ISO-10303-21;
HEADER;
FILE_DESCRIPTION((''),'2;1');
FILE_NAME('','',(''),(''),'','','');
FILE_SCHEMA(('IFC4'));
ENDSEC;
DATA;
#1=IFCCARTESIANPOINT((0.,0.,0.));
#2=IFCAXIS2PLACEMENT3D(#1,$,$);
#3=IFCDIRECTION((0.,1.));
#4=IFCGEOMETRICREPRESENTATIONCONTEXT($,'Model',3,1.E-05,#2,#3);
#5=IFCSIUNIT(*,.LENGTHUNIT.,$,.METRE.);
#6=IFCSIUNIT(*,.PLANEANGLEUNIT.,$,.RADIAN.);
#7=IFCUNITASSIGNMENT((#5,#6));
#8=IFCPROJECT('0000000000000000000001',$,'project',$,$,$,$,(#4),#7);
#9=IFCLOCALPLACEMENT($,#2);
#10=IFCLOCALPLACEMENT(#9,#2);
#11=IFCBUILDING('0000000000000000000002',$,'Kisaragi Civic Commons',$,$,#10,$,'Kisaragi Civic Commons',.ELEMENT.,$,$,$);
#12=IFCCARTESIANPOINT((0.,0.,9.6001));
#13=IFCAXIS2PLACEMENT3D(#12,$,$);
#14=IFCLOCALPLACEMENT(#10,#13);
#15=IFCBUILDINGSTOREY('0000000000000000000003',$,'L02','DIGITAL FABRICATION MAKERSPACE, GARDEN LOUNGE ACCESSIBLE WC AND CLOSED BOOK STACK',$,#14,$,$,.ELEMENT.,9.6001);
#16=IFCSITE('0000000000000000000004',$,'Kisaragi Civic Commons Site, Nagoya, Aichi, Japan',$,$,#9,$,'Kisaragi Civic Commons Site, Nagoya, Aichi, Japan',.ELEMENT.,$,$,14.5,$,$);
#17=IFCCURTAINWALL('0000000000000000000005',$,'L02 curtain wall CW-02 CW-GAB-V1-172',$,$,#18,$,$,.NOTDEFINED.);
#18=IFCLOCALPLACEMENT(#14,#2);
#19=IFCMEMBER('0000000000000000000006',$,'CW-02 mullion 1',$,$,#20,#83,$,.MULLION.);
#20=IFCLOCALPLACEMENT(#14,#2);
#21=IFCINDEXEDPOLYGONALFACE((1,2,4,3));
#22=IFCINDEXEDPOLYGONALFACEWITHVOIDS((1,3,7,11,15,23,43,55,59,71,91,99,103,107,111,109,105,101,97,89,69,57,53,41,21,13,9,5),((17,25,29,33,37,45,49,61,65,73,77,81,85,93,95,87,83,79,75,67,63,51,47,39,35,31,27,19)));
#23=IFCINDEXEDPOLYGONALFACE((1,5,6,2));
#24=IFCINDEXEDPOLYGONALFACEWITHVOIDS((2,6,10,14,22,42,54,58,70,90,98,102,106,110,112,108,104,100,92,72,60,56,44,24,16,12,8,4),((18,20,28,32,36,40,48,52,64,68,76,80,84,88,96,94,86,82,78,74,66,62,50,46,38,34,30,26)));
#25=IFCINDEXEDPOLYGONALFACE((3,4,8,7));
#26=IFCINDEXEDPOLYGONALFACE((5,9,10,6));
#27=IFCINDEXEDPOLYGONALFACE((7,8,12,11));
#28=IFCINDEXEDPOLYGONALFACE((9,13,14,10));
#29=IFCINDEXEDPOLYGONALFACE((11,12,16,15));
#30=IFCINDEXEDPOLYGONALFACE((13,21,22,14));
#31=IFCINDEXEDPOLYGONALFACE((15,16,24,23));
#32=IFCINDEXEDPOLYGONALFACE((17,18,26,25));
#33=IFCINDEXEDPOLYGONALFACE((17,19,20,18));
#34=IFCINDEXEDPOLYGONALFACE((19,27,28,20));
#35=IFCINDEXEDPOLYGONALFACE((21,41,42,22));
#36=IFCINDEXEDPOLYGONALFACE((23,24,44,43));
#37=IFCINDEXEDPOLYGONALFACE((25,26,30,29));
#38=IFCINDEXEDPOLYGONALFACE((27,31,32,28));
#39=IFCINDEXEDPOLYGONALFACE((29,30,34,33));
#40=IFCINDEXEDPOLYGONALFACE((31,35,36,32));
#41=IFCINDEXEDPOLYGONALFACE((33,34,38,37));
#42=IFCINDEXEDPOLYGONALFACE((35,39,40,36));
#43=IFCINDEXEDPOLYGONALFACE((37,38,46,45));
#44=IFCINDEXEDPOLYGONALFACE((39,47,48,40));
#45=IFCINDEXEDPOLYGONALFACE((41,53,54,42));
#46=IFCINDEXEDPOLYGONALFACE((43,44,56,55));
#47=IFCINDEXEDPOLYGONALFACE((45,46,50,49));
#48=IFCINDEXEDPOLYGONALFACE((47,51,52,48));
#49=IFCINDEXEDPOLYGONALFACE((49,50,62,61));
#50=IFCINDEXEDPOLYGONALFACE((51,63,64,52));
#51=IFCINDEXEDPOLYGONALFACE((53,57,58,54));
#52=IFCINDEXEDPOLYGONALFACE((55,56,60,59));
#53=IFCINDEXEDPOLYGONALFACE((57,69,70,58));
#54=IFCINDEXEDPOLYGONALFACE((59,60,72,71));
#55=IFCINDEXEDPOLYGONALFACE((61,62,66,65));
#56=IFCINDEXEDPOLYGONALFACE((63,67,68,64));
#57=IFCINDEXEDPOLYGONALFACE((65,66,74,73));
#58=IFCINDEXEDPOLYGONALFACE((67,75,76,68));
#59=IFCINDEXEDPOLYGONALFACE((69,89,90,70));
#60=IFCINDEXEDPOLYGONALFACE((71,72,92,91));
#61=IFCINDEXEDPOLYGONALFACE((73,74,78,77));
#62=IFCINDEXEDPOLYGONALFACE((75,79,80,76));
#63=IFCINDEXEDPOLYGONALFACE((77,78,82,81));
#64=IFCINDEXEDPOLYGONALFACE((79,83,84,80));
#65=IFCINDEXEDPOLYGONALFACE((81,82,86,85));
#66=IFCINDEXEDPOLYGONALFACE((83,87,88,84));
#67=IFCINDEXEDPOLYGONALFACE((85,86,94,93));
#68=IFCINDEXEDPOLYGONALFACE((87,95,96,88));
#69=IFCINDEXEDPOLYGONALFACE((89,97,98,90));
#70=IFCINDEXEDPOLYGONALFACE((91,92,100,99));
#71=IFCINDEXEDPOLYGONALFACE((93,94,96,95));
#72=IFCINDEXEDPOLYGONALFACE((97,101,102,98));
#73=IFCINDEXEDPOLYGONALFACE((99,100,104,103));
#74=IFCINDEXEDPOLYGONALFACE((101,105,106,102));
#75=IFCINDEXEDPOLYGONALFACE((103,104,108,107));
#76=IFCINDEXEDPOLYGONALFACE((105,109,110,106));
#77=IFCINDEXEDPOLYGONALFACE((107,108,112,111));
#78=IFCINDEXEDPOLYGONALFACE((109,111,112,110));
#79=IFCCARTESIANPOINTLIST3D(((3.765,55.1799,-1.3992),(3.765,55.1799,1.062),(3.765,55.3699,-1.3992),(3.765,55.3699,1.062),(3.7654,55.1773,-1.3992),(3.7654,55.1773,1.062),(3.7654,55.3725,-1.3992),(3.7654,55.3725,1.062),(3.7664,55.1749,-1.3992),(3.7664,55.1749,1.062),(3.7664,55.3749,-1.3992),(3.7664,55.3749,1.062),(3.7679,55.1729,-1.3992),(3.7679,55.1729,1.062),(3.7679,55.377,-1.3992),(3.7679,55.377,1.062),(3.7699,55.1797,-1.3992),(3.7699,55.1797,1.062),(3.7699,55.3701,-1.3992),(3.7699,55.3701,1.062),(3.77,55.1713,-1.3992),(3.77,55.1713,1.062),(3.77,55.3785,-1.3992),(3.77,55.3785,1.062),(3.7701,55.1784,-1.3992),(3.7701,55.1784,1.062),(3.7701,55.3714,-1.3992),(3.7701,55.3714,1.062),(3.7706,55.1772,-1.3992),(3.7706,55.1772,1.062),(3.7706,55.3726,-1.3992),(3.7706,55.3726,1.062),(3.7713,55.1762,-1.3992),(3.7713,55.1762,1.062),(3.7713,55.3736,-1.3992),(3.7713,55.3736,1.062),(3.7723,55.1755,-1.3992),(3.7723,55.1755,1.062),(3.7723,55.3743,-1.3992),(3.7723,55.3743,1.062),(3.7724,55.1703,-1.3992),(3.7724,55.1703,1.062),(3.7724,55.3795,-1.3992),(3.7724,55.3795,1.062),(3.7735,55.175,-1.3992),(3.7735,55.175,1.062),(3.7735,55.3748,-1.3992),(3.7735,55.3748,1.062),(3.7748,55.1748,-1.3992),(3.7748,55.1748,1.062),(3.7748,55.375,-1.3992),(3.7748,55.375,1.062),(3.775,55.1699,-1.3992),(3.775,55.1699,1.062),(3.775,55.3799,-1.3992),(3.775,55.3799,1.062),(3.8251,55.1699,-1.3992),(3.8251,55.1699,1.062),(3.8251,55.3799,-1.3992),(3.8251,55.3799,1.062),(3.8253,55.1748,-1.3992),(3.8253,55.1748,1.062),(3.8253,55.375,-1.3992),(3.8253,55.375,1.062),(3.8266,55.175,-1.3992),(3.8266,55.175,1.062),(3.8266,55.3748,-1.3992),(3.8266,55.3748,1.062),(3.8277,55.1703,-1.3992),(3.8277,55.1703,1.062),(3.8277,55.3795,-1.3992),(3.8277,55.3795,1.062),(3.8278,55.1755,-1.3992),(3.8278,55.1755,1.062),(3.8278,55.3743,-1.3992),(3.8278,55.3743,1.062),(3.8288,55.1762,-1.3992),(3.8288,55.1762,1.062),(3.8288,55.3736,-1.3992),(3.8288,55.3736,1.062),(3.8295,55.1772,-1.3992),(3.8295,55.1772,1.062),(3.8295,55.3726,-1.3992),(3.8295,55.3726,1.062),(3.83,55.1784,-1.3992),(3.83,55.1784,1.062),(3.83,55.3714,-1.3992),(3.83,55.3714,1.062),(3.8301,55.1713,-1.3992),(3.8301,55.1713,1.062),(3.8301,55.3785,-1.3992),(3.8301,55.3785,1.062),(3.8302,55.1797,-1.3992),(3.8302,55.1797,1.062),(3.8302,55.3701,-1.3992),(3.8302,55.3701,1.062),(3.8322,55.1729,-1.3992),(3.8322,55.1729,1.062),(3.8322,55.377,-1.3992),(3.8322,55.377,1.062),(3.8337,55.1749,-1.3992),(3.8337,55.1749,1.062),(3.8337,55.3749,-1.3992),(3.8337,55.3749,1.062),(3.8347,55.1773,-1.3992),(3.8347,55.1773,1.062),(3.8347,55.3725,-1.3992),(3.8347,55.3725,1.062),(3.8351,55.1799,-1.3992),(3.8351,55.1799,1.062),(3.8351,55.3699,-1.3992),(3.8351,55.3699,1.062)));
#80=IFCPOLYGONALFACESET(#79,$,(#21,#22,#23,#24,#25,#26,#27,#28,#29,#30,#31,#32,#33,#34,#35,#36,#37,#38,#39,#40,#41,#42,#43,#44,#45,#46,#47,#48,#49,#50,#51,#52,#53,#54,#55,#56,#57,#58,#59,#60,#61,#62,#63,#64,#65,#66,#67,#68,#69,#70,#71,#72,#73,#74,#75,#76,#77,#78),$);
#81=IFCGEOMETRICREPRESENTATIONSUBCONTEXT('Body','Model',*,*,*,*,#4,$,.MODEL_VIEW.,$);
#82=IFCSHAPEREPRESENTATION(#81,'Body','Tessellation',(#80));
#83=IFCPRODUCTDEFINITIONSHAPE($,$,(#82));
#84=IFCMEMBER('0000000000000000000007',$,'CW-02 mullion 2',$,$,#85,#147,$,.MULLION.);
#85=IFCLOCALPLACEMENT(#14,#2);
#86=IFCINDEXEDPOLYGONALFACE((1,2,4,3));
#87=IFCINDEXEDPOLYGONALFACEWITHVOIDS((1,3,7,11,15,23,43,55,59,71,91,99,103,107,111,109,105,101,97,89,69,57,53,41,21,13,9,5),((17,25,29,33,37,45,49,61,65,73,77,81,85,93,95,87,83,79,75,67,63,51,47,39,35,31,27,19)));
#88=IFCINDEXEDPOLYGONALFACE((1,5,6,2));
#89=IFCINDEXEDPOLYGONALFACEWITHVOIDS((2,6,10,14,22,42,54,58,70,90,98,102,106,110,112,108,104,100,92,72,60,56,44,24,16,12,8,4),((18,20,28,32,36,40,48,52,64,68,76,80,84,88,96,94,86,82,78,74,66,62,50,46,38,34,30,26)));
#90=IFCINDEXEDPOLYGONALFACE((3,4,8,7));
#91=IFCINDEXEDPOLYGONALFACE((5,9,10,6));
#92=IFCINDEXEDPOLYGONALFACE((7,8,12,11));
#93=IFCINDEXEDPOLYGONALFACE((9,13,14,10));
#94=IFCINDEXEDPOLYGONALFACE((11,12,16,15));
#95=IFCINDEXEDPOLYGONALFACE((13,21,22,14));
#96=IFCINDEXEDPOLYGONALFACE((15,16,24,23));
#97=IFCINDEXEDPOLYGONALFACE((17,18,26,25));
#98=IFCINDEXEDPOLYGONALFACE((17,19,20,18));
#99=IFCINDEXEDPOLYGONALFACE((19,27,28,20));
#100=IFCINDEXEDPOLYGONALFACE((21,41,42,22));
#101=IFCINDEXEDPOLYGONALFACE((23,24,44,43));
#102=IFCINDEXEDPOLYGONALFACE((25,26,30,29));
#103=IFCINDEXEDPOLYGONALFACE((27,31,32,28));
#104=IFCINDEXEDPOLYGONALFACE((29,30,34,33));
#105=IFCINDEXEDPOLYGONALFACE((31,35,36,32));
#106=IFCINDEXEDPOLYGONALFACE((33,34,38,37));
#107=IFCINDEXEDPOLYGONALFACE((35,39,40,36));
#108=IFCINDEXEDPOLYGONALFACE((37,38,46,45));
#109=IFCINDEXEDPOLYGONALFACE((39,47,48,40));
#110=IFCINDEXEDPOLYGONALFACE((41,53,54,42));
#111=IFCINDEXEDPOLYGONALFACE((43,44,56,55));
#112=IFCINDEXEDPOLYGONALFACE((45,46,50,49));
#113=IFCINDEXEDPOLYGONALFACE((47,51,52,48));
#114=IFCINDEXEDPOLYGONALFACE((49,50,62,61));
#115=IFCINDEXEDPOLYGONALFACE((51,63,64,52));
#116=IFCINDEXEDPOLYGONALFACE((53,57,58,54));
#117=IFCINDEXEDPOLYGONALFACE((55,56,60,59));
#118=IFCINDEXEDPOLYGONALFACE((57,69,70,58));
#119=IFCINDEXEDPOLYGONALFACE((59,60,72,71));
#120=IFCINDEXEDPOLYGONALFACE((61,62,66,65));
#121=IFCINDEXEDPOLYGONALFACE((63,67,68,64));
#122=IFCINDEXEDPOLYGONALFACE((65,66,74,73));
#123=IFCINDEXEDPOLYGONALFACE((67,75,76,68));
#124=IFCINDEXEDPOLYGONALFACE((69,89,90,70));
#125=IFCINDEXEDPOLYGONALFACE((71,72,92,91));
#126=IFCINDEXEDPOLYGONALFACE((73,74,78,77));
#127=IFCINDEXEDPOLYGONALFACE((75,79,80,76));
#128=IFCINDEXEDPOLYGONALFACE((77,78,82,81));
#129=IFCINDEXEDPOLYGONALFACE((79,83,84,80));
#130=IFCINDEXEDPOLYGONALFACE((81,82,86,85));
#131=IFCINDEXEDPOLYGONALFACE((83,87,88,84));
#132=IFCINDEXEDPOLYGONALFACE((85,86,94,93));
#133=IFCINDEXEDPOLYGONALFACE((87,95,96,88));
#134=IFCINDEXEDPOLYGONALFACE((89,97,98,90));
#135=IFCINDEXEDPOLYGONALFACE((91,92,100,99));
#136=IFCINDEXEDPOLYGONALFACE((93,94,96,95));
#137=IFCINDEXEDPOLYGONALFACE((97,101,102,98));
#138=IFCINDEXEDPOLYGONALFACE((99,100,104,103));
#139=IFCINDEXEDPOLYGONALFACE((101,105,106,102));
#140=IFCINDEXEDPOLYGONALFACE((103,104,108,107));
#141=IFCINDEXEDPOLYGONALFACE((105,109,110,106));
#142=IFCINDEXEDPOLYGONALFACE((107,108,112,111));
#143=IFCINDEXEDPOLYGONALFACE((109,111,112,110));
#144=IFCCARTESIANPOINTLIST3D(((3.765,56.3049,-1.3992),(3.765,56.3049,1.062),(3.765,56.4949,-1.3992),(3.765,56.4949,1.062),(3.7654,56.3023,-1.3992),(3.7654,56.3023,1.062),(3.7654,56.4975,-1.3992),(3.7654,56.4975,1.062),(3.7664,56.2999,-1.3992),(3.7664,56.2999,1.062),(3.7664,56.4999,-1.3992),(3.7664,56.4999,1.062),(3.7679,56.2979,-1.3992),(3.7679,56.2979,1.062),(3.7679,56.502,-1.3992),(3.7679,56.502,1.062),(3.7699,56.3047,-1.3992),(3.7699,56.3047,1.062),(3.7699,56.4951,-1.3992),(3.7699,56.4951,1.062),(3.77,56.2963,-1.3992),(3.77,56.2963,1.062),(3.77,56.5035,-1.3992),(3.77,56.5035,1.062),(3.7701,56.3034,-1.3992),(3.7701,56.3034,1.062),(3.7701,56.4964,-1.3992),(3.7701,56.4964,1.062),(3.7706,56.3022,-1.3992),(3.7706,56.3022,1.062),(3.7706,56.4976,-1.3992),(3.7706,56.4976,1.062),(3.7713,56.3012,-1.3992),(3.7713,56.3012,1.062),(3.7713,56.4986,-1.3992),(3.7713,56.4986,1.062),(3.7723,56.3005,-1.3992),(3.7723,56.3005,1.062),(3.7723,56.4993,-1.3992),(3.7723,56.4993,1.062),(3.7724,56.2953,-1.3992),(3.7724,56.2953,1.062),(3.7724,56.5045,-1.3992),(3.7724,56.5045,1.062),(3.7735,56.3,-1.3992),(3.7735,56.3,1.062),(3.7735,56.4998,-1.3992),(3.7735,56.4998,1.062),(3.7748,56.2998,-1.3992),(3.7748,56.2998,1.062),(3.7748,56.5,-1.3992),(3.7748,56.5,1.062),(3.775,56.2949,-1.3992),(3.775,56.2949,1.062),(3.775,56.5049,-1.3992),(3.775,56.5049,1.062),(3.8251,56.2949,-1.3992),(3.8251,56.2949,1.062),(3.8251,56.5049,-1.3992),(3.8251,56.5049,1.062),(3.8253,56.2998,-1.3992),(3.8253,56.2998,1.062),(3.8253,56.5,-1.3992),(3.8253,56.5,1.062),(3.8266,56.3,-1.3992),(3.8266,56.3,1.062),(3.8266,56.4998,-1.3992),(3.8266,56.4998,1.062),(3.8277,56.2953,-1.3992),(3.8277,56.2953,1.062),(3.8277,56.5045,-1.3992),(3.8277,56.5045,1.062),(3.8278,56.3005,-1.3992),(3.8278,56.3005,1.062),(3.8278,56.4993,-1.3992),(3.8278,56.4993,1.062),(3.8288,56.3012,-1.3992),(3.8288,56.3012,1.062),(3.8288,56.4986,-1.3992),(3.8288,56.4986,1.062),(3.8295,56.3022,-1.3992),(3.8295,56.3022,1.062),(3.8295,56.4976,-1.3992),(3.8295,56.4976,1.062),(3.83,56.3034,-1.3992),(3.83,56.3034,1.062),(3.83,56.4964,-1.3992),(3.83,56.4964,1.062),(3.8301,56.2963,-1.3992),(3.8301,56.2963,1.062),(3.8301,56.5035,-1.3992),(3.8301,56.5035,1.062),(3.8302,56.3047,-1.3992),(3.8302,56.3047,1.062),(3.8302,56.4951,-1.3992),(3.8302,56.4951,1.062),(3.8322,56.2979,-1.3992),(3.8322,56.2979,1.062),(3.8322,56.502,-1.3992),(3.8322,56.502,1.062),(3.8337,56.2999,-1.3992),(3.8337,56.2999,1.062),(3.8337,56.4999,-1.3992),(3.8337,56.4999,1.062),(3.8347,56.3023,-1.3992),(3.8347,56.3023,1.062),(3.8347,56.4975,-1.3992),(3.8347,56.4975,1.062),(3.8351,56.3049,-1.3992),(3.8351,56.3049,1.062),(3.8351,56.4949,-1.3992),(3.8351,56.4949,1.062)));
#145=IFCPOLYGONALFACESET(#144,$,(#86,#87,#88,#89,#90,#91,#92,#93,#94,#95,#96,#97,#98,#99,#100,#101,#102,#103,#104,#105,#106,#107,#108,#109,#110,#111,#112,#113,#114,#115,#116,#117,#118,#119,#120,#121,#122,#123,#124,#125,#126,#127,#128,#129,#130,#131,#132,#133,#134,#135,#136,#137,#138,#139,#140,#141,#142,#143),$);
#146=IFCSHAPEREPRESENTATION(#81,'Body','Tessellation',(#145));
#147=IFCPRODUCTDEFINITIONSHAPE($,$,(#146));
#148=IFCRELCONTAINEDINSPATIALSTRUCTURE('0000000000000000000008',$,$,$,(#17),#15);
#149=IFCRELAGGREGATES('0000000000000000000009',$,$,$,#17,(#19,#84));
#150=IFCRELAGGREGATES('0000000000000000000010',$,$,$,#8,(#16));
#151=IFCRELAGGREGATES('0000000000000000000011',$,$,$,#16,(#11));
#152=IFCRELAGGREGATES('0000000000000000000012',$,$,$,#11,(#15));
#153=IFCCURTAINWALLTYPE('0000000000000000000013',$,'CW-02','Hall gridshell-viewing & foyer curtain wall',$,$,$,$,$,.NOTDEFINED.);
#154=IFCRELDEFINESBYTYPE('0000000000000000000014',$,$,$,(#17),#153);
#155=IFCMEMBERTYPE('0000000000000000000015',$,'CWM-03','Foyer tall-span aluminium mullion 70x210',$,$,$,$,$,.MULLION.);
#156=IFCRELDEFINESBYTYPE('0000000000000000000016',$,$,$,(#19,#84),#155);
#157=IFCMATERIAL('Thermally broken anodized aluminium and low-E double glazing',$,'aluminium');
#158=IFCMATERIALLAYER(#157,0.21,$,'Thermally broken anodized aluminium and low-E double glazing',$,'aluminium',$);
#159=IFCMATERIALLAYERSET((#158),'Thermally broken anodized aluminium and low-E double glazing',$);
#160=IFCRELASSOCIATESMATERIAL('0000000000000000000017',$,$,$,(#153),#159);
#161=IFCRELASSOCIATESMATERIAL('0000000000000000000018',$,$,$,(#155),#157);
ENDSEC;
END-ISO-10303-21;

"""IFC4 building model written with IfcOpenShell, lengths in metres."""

from ifc_helpers import new_model, si_unit, direction, frame, origin, origin_2d, place, context, subcontext, project, spatial, hollow_rectangle, extrude, material, layer, layer_set, material_profile, profile_set, type_object, element, aggregate, save


model = new_model("IFC4")

# Units and contexts
model_context = context("Model", 3, precision=1e-05, world=origin(), true_north=direction((0.0, 1.0)))
body_context = subcontext(model_context, "Body", "Model", "MODEL_VIEW")
ifc_project = project(units=[si_unit("LENGTHUNIT", "METRE"), si_unit("PLANEANGLEUNIT", "RADIAN")], contexts=[model_context])

# Site, building, storey
site_placement = place(None, origin())
site = spatial("IfcSite", under=ifc_project, at=site_placement, Name="Kisaragi Civic Commons Site, Nagoya, Aichi, Japan", LongName="Kisaragi Civic Commons Site, Nagoya, Aichi, Japan", CompositionType="ELEMENT", RefElevation=14.5)
building_placement = place(site_placement, origin())
building = spatial("IfcBuilding", under=site, at=building_placement, Name="Kisaragi Civic Commons", LongName="Kisaragi Civic Commons", CompositionType="ELEMENT")
storey_placement = place(building_placement, frame((0.0, 0.0, 9.6001)))
storey = spatial("IfcBuildingStorey", under=building, at=storey_placement, Name="L02", Description="DIGITAL FABRICATION MAKERSPACE, GARDEN LOUNGE ACCESSIBLE WC AND CLOSED BOOK STACK", CompositionType="ELEMENT", Elevation=9.6001)

# Curtain wall, members
ifc_material_1 = material(Name="Thermally broken anodized aluminium and low-E double glazing", Category="aluminium")
ifc_layer_1 = layer(ifc_material_1, 0.21, Name="Thermally broken anodized aluminium and low-E double glazing", Category="aluminium")
ifc_layer_set_1 = layer_set([ifc_layer_1], Name="Thermally broken anodized aluminium and low-E double glazing")
curtain_wall_type = type_object("IfcCurtainWallType", Name="CW-02", Description="Hall gridshell-viewing & foyer curtain wall", PredefinedType="NOTDEFINED", material=ifc_layer_set_1)
ifc_material_profile_1 = material_profile(ifc_material_1, hollow_rectangle(XDim=0.0701, YDim=0.21, WallThickness=0.0049, InnerFilletRadius=0.0049, OuterFilletRadius=0.01, at=origin_2d()), Name="CWM-70x210x5", Category="aluminium")
ifc_profile_set_1 = profile_set([ifc_material_profile_1], Name="Thermally broken anodized aluminium and low-E double glazing")
member_type_1 = type_object("IfcMemberType", Name="CWM-03", Description="Foyer tall-span aluminium mullion 70x210", PredefinedType="MULLION", material=ifc_profile_set_1)
curtain_wall_1_placement = place(storey_placement, origin())
curtain_wall_1 = element("IfcCurtainWall", 1, at=curtain_wall_1_placement, inside=storey, type_object=curtain_wall_type, Name="L02 curtain wall CW-02 CW-GAB-V1-172", PredefinedType="NOTDEFINED")
member_1_placement = place(storey_placement, frame((3.8, 55.2749, -1.3992), z_axis=(0.0, 0.0, 1.0), x_axis=(-1.0, 0.0, 0.0)))
member_1 = element("IfcMember", 2, at=member_1_placement, type_object=member_type_1, Name="CW-02 mullion 1", PredefinedType="MULLION", context=body_context, shape_type="SweptSolid", body=[
    extrude(hollow_rectangle(XDim=0.0701, YDim=0.21, WallThickness=0.0049, InnerFilletRadius=0.0049, OuterFilletRadius=0.01, at=origin_2d()), origin(), (0.0, 0.0, 1.0), 2.4612),
])
member_2_placement = place(storey_placement, frame((3.8, 56.3999, -1.3992), z_axis=(0.0, 0.0, 1.0), x_axis=(-1.0, 0.0, 0.0)))
member_2 = element("IfcMember", 3, at=member_2_placement, type_object=member_type_1, Name="CW-02 mullion 2", PredefinedType="MULLION", context=body_context, shape_type="SweptSolid", body=[
    extrude(hollow_rectangle(XDim=0.0701, YDim=0.21, WallThickness=0.0049, InnerFilletRadius=0.0049, OuterFilletRadius=0.01, at=origin_2d()), origin(), (0.0, 0.0, 1.0), 2.4612),
])

aggregate(curtain_wall_1, [member_1, member_2])

save(model, "model.ifc")
